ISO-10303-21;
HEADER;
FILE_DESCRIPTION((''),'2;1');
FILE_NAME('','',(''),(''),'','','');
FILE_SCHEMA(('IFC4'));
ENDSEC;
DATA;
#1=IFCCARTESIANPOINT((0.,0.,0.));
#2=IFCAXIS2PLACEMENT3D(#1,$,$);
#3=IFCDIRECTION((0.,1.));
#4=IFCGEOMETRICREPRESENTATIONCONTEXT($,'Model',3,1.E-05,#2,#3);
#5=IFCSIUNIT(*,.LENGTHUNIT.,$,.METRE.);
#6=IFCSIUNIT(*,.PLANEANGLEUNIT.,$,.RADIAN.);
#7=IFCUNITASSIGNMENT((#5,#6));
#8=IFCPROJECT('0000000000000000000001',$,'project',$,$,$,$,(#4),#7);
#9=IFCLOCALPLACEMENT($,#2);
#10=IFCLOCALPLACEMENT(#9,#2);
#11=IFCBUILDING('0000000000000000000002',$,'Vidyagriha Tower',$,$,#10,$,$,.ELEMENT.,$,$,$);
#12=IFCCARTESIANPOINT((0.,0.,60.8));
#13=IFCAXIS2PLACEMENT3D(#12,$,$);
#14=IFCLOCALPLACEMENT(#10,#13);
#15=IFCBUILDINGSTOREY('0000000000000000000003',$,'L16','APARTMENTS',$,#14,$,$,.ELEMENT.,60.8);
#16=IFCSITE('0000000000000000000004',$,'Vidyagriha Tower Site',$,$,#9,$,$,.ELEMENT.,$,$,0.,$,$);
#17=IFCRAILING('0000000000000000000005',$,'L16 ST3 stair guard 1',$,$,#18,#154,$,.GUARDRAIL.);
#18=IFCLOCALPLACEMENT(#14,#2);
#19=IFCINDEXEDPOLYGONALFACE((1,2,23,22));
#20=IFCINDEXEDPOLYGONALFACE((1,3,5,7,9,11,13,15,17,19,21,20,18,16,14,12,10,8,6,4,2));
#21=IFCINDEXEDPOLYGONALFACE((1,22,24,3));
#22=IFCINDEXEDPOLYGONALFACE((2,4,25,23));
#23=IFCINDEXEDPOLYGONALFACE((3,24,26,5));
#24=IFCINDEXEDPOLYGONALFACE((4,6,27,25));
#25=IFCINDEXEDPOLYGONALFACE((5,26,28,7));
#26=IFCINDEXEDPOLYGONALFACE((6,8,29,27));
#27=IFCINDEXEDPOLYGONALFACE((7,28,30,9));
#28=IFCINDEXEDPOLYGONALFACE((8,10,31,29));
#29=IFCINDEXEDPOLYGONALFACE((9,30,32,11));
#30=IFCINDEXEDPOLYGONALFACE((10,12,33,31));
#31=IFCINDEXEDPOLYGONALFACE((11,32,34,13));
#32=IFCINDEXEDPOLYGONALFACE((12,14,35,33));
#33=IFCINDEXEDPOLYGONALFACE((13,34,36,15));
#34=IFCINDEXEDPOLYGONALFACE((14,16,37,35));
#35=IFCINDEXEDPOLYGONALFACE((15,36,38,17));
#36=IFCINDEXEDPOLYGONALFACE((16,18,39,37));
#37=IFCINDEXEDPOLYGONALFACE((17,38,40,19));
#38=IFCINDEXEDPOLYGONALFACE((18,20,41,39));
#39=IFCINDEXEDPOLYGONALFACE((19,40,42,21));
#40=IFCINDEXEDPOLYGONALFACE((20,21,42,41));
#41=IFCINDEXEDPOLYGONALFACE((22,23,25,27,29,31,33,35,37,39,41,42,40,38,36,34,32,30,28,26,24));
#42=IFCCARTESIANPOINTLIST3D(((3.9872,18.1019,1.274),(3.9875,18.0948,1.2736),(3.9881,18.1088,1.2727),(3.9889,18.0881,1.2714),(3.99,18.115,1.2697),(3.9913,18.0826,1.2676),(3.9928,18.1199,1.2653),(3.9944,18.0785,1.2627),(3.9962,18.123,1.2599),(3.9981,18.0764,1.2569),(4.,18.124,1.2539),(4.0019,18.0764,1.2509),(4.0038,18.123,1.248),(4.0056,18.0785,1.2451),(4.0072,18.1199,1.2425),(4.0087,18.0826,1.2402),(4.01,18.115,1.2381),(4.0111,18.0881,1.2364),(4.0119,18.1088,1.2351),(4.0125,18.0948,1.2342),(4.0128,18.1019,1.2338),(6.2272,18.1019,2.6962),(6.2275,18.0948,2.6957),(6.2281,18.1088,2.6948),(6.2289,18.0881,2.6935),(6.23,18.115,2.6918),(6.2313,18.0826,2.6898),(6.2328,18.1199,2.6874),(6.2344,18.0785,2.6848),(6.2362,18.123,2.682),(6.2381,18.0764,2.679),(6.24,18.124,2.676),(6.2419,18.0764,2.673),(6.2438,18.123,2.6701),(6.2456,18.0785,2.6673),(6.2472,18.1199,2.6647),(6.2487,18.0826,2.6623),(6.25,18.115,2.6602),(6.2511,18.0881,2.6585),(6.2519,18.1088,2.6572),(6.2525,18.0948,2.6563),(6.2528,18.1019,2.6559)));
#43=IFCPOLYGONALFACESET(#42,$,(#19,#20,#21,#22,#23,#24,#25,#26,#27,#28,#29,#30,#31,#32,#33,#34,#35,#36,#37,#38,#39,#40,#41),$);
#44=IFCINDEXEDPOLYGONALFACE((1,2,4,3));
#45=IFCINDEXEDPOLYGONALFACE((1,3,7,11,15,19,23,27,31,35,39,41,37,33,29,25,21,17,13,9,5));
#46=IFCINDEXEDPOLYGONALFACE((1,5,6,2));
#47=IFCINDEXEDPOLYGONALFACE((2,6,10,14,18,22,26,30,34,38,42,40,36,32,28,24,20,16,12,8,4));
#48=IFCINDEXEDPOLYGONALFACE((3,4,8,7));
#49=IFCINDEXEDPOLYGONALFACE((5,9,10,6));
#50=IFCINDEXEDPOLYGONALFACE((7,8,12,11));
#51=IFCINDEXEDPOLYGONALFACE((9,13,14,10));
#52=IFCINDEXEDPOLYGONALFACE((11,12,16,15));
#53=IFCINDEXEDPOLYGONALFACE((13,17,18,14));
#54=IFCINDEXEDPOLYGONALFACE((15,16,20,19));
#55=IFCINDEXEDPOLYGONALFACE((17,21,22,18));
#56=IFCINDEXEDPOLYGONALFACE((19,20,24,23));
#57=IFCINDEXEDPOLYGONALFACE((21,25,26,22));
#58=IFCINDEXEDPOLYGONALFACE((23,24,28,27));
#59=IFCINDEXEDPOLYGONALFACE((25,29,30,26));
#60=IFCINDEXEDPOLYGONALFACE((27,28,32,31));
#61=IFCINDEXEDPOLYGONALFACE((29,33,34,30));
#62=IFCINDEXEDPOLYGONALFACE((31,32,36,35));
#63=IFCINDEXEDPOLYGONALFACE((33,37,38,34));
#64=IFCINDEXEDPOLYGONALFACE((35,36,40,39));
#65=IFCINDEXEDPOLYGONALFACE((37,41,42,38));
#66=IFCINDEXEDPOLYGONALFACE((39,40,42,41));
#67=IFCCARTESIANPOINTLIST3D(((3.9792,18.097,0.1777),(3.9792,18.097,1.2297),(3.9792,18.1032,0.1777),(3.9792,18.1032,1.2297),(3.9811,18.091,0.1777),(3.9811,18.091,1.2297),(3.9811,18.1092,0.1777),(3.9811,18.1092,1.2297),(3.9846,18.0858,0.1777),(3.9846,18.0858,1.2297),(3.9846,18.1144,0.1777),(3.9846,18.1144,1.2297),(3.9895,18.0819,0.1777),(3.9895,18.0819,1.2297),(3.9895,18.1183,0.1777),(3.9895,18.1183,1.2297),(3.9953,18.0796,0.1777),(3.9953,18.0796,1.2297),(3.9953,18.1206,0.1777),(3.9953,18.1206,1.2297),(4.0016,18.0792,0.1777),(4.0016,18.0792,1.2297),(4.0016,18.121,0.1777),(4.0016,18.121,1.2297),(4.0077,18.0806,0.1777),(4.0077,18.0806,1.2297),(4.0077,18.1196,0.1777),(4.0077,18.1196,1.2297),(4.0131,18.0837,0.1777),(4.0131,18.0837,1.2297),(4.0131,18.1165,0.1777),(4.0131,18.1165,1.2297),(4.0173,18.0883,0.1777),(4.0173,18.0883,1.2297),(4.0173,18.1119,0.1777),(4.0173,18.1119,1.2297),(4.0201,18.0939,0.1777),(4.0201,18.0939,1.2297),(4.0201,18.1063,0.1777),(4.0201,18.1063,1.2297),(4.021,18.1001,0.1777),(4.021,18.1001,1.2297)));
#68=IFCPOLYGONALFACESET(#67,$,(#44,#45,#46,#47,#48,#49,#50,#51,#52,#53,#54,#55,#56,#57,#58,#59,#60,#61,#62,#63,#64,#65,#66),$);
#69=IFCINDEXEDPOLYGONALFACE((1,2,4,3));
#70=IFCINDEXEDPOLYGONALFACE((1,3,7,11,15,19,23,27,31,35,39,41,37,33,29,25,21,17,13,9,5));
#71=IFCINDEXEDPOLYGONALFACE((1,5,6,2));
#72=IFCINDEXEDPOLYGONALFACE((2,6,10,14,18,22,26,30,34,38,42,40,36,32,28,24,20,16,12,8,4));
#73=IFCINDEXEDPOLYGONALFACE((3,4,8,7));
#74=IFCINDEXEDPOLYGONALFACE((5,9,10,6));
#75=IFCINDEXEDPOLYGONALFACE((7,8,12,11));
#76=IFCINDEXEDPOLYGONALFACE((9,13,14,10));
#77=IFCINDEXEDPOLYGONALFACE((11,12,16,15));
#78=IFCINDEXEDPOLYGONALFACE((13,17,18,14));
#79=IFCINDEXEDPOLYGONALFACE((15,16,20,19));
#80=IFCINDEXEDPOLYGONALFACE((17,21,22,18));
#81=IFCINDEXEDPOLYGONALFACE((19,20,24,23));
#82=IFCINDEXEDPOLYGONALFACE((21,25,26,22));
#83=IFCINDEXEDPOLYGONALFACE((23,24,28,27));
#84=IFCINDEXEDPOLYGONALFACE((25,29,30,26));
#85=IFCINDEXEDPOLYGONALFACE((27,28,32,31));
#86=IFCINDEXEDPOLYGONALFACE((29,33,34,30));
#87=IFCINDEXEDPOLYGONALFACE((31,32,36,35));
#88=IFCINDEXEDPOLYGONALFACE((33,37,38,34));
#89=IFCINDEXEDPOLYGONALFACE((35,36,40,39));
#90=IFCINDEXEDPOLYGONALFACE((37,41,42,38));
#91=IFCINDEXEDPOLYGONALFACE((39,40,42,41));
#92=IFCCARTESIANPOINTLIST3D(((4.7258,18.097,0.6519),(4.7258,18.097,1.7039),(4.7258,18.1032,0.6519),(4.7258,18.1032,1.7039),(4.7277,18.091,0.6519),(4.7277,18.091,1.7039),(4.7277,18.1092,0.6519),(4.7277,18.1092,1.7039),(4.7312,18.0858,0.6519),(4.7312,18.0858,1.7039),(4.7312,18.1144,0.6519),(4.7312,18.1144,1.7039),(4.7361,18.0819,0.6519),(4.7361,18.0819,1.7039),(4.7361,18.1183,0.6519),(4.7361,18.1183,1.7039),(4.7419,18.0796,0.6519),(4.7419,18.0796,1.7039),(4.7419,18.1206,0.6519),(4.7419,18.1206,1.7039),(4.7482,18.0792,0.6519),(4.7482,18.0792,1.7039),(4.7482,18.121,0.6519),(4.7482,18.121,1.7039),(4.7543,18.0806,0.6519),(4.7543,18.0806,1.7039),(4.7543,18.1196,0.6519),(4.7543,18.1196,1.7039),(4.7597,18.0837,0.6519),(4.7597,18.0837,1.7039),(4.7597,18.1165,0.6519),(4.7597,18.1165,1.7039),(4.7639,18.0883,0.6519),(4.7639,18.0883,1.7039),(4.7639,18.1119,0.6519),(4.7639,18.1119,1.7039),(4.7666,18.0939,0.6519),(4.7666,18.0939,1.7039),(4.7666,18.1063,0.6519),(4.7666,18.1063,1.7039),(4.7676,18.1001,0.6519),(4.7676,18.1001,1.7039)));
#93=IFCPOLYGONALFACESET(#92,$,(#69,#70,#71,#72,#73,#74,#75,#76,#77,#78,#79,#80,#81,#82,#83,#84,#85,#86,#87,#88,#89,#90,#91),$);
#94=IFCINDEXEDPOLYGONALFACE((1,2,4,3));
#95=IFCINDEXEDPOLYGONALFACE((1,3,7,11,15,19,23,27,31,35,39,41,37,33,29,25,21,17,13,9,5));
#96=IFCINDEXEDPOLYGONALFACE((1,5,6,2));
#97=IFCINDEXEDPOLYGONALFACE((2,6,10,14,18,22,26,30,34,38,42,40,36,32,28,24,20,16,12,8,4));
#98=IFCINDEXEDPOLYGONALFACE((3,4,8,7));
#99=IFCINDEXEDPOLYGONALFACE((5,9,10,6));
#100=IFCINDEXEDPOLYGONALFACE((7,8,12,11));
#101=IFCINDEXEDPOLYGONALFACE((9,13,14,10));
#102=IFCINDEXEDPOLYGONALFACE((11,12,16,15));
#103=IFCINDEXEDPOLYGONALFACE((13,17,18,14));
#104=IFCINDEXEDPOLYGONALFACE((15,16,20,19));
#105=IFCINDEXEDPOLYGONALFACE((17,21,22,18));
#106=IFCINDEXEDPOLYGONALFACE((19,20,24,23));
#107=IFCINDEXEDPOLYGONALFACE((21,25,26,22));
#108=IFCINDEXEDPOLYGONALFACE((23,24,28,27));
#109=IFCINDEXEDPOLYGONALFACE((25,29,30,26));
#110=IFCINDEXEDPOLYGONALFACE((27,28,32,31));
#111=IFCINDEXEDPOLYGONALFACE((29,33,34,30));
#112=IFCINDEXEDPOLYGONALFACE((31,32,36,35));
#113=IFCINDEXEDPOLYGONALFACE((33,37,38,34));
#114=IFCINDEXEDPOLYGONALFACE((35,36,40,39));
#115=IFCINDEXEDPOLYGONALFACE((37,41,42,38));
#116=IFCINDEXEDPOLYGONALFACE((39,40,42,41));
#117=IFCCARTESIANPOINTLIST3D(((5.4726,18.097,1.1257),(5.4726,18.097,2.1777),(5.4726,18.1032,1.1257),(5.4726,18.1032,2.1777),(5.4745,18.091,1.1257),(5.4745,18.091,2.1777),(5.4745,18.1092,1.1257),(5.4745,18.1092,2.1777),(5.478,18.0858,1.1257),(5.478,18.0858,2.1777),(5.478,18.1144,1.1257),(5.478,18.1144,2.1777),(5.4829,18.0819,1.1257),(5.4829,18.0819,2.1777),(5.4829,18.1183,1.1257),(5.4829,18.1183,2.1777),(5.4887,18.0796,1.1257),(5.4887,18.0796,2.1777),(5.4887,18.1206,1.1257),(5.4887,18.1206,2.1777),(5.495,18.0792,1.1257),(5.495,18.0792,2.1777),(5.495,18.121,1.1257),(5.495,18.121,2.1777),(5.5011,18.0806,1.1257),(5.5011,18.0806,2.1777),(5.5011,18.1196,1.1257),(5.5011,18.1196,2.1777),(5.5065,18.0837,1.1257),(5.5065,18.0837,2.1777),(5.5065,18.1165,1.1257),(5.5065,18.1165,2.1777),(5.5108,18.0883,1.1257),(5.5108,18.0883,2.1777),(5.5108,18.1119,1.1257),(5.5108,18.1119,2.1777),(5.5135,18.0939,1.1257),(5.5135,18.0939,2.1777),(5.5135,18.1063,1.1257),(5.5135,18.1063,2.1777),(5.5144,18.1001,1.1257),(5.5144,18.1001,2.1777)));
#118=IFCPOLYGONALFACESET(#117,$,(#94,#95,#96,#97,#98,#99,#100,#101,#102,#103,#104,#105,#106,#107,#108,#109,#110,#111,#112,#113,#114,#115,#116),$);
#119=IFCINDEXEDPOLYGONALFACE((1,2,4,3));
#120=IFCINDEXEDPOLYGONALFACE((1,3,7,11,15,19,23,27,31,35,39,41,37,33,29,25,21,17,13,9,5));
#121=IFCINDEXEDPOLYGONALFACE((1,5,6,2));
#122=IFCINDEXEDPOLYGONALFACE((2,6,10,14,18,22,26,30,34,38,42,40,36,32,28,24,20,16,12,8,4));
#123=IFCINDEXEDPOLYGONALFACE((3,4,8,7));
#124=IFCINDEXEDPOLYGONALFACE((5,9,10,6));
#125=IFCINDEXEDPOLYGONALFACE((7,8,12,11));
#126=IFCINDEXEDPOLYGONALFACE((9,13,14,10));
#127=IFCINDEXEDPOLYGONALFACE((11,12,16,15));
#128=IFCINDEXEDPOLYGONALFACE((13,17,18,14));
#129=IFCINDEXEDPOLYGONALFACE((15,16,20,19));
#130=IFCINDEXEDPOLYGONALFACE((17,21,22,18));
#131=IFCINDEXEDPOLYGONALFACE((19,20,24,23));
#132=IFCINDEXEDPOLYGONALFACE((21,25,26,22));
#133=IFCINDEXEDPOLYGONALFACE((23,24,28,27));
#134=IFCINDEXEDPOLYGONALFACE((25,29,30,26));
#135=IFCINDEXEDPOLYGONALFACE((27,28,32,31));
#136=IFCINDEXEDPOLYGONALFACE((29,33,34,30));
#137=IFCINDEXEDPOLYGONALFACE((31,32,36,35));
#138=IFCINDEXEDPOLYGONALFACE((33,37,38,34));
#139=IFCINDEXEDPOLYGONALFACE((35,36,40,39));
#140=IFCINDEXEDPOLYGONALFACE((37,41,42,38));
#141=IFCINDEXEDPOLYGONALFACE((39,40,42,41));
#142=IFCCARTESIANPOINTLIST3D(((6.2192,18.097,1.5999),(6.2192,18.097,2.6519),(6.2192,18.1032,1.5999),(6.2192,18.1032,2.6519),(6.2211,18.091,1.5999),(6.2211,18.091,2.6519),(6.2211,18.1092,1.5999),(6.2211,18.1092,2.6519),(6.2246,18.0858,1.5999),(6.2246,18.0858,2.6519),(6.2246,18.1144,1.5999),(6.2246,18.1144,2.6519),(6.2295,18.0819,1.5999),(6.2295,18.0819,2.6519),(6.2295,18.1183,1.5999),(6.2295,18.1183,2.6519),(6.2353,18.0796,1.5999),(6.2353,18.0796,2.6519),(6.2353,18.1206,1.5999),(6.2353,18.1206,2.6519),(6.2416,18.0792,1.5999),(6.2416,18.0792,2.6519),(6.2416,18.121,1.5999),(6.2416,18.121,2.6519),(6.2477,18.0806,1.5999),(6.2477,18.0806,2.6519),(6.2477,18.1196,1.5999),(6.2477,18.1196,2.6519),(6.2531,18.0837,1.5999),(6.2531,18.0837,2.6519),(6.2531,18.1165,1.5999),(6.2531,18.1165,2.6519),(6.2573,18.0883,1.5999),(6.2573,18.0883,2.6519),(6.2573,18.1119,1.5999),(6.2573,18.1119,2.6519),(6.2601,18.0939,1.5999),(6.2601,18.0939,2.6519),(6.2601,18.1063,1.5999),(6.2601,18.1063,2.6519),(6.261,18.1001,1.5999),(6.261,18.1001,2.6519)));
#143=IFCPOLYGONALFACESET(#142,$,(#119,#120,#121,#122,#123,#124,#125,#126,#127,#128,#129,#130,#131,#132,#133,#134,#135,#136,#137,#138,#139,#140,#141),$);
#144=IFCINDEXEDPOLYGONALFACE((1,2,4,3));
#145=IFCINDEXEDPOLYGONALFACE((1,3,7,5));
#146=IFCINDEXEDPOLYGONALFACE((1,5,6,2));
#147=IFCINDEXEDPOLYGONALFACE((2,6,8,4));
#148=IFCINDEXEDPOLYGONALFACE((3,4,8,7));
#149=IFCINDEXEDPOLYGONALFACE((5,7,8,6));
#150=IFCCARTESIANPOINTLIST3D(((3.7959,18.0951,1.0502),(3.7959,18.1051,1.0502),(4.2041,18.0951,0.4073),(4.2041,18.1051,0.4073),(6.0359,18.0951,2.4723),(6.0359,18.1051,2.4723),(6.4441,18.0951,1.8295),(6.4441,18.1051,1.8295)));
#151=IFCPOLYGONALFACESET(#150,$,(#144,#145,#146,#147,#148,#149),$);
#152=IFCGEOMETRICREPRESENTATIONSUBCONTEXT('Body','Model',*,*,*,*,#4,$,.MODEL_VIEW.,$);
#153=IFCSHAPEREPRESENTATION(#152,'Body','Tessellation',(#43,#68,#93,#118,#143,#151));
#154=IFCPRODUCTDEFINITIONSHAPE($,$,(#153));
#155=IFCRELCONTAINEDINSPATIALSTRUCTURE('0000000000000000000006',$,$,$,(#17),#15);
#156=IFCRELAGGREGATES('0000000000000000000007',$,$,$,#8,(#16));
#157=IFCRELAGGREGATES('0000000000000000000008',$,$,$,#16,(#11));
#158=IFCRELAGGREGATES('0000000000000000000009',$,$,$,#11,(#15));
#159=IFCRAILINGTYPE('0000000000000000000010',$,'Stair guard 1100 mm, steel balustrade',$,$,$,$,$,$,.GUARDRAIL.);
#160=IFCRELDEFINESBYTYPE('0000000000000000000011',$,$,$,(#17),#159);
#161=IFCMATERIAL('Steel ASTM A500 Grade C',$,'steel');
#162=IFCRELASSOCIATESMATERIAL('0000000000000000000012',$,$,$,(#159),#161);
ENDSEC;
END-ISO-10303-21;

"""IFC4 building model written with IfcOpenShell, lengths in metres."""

from ifc_helpers import new_model, si_unit, direction, frame, origin, origin_2d, place, context, subcontext, project, spatial, rectangle, circle, extrude, material, type_object, element, save


model = new_model("IFC4")

# Units and contexts
model_context = context("Model", 3, precision=1e-05, world=origin(), true_north=direction((0.0, 1.0)))
body_context = subcontext(model_context, "Body", "Model", "MODEL_VIEW")
ifc_project = project(units=[si_unit("LENGTHUNIT", "METRE"), si_unit("PLANEANGLEUNIT", "RADIAN")], contexts=[model_context])

# Site, building, storey
site_placement = place(None, origin())
site = spatial("IfcSite", under=ifc_project, at=site_placement, Name="Vidyagriha Tower Site", CompositionType="ELEMENT", RefElevation=0.0)
building_placement = place(site_placement, origin())
building = spatial("IfcBuilding", under=site, at=building_placement, Name="Vidyagriha Tower", CompositionType="ELEMENT")
storey_placement = place(building_placement, frame((0.0, 0.0, 60.8)))
storey = spatial("IfcBuildingStorey", under=building, at=storey_placement, Name="L16", Description="APARTMENTS", CompositionType="ELEMENT", Elevation=60.8)

# Railing
ifc_material_1 = material(Name="Steel ASTM A500 Grade C", Category="steel")
railing_type_1 = type_object("IfcRailingType", Name="Stair guard 1100 mm, steel balustrade", PredefinedType="GUARDRAIL", material=ifc_material_1)
railing_1_placement = place(storey_placement, frame((4.0, 18.1001, 0.1777)))
element("IfcRailing", 1, at=railing_1_placement, inside=storey, type_object=railing_type_1, Name="L16 ST3 stair guard 1", PredefinedType="GUARDRAIL", context=body_context, shape_type="SweptSolid", body=[
    extrude(circle(Radius=0.0239, at=origin_2d()), frame((0.0, 0.0, 1.0762), z_axis=(0.844229, 0.0, 0.535982), x_axis=(0.0, 1.0, 0.0)), (0.0, 0.0, 1.0), 2.6533),
    extrude(circle(Radius=0.021, at=origin_2d()), origin(), (0.0, 0.0, 1.0), 1.052),
    extrude(circle(Radius=0.021, at=origin_2d()), frame((0.7466, 0.0, 0.4741)), (0.0, 0.0, 1.0), 1.052),
    extrude(circle(Radius=0.021, at=origin_2d()), frame((1.4934, 0.0, 0.948)), (0.0, 0.0, 1.0), 1.052),
    extrude(circle(Radius=0.021, at=origin_2d()), frame((2.24, 0.0, 1.4221)), (0.0, 0.0, 1.0), 1.052),
    extrude(rectangle(XDim=0.01, YDim=0.7615, at=origin_2d()), frame((0.0, 0.0, 0.551), z_axis=(0.844229, 0.0, 0.535982), x_axis=(0.0, 1.0, 0.0)), (0.0, 0.0, 1.0), 2.6533),
])

save(model, "model.ifc")
